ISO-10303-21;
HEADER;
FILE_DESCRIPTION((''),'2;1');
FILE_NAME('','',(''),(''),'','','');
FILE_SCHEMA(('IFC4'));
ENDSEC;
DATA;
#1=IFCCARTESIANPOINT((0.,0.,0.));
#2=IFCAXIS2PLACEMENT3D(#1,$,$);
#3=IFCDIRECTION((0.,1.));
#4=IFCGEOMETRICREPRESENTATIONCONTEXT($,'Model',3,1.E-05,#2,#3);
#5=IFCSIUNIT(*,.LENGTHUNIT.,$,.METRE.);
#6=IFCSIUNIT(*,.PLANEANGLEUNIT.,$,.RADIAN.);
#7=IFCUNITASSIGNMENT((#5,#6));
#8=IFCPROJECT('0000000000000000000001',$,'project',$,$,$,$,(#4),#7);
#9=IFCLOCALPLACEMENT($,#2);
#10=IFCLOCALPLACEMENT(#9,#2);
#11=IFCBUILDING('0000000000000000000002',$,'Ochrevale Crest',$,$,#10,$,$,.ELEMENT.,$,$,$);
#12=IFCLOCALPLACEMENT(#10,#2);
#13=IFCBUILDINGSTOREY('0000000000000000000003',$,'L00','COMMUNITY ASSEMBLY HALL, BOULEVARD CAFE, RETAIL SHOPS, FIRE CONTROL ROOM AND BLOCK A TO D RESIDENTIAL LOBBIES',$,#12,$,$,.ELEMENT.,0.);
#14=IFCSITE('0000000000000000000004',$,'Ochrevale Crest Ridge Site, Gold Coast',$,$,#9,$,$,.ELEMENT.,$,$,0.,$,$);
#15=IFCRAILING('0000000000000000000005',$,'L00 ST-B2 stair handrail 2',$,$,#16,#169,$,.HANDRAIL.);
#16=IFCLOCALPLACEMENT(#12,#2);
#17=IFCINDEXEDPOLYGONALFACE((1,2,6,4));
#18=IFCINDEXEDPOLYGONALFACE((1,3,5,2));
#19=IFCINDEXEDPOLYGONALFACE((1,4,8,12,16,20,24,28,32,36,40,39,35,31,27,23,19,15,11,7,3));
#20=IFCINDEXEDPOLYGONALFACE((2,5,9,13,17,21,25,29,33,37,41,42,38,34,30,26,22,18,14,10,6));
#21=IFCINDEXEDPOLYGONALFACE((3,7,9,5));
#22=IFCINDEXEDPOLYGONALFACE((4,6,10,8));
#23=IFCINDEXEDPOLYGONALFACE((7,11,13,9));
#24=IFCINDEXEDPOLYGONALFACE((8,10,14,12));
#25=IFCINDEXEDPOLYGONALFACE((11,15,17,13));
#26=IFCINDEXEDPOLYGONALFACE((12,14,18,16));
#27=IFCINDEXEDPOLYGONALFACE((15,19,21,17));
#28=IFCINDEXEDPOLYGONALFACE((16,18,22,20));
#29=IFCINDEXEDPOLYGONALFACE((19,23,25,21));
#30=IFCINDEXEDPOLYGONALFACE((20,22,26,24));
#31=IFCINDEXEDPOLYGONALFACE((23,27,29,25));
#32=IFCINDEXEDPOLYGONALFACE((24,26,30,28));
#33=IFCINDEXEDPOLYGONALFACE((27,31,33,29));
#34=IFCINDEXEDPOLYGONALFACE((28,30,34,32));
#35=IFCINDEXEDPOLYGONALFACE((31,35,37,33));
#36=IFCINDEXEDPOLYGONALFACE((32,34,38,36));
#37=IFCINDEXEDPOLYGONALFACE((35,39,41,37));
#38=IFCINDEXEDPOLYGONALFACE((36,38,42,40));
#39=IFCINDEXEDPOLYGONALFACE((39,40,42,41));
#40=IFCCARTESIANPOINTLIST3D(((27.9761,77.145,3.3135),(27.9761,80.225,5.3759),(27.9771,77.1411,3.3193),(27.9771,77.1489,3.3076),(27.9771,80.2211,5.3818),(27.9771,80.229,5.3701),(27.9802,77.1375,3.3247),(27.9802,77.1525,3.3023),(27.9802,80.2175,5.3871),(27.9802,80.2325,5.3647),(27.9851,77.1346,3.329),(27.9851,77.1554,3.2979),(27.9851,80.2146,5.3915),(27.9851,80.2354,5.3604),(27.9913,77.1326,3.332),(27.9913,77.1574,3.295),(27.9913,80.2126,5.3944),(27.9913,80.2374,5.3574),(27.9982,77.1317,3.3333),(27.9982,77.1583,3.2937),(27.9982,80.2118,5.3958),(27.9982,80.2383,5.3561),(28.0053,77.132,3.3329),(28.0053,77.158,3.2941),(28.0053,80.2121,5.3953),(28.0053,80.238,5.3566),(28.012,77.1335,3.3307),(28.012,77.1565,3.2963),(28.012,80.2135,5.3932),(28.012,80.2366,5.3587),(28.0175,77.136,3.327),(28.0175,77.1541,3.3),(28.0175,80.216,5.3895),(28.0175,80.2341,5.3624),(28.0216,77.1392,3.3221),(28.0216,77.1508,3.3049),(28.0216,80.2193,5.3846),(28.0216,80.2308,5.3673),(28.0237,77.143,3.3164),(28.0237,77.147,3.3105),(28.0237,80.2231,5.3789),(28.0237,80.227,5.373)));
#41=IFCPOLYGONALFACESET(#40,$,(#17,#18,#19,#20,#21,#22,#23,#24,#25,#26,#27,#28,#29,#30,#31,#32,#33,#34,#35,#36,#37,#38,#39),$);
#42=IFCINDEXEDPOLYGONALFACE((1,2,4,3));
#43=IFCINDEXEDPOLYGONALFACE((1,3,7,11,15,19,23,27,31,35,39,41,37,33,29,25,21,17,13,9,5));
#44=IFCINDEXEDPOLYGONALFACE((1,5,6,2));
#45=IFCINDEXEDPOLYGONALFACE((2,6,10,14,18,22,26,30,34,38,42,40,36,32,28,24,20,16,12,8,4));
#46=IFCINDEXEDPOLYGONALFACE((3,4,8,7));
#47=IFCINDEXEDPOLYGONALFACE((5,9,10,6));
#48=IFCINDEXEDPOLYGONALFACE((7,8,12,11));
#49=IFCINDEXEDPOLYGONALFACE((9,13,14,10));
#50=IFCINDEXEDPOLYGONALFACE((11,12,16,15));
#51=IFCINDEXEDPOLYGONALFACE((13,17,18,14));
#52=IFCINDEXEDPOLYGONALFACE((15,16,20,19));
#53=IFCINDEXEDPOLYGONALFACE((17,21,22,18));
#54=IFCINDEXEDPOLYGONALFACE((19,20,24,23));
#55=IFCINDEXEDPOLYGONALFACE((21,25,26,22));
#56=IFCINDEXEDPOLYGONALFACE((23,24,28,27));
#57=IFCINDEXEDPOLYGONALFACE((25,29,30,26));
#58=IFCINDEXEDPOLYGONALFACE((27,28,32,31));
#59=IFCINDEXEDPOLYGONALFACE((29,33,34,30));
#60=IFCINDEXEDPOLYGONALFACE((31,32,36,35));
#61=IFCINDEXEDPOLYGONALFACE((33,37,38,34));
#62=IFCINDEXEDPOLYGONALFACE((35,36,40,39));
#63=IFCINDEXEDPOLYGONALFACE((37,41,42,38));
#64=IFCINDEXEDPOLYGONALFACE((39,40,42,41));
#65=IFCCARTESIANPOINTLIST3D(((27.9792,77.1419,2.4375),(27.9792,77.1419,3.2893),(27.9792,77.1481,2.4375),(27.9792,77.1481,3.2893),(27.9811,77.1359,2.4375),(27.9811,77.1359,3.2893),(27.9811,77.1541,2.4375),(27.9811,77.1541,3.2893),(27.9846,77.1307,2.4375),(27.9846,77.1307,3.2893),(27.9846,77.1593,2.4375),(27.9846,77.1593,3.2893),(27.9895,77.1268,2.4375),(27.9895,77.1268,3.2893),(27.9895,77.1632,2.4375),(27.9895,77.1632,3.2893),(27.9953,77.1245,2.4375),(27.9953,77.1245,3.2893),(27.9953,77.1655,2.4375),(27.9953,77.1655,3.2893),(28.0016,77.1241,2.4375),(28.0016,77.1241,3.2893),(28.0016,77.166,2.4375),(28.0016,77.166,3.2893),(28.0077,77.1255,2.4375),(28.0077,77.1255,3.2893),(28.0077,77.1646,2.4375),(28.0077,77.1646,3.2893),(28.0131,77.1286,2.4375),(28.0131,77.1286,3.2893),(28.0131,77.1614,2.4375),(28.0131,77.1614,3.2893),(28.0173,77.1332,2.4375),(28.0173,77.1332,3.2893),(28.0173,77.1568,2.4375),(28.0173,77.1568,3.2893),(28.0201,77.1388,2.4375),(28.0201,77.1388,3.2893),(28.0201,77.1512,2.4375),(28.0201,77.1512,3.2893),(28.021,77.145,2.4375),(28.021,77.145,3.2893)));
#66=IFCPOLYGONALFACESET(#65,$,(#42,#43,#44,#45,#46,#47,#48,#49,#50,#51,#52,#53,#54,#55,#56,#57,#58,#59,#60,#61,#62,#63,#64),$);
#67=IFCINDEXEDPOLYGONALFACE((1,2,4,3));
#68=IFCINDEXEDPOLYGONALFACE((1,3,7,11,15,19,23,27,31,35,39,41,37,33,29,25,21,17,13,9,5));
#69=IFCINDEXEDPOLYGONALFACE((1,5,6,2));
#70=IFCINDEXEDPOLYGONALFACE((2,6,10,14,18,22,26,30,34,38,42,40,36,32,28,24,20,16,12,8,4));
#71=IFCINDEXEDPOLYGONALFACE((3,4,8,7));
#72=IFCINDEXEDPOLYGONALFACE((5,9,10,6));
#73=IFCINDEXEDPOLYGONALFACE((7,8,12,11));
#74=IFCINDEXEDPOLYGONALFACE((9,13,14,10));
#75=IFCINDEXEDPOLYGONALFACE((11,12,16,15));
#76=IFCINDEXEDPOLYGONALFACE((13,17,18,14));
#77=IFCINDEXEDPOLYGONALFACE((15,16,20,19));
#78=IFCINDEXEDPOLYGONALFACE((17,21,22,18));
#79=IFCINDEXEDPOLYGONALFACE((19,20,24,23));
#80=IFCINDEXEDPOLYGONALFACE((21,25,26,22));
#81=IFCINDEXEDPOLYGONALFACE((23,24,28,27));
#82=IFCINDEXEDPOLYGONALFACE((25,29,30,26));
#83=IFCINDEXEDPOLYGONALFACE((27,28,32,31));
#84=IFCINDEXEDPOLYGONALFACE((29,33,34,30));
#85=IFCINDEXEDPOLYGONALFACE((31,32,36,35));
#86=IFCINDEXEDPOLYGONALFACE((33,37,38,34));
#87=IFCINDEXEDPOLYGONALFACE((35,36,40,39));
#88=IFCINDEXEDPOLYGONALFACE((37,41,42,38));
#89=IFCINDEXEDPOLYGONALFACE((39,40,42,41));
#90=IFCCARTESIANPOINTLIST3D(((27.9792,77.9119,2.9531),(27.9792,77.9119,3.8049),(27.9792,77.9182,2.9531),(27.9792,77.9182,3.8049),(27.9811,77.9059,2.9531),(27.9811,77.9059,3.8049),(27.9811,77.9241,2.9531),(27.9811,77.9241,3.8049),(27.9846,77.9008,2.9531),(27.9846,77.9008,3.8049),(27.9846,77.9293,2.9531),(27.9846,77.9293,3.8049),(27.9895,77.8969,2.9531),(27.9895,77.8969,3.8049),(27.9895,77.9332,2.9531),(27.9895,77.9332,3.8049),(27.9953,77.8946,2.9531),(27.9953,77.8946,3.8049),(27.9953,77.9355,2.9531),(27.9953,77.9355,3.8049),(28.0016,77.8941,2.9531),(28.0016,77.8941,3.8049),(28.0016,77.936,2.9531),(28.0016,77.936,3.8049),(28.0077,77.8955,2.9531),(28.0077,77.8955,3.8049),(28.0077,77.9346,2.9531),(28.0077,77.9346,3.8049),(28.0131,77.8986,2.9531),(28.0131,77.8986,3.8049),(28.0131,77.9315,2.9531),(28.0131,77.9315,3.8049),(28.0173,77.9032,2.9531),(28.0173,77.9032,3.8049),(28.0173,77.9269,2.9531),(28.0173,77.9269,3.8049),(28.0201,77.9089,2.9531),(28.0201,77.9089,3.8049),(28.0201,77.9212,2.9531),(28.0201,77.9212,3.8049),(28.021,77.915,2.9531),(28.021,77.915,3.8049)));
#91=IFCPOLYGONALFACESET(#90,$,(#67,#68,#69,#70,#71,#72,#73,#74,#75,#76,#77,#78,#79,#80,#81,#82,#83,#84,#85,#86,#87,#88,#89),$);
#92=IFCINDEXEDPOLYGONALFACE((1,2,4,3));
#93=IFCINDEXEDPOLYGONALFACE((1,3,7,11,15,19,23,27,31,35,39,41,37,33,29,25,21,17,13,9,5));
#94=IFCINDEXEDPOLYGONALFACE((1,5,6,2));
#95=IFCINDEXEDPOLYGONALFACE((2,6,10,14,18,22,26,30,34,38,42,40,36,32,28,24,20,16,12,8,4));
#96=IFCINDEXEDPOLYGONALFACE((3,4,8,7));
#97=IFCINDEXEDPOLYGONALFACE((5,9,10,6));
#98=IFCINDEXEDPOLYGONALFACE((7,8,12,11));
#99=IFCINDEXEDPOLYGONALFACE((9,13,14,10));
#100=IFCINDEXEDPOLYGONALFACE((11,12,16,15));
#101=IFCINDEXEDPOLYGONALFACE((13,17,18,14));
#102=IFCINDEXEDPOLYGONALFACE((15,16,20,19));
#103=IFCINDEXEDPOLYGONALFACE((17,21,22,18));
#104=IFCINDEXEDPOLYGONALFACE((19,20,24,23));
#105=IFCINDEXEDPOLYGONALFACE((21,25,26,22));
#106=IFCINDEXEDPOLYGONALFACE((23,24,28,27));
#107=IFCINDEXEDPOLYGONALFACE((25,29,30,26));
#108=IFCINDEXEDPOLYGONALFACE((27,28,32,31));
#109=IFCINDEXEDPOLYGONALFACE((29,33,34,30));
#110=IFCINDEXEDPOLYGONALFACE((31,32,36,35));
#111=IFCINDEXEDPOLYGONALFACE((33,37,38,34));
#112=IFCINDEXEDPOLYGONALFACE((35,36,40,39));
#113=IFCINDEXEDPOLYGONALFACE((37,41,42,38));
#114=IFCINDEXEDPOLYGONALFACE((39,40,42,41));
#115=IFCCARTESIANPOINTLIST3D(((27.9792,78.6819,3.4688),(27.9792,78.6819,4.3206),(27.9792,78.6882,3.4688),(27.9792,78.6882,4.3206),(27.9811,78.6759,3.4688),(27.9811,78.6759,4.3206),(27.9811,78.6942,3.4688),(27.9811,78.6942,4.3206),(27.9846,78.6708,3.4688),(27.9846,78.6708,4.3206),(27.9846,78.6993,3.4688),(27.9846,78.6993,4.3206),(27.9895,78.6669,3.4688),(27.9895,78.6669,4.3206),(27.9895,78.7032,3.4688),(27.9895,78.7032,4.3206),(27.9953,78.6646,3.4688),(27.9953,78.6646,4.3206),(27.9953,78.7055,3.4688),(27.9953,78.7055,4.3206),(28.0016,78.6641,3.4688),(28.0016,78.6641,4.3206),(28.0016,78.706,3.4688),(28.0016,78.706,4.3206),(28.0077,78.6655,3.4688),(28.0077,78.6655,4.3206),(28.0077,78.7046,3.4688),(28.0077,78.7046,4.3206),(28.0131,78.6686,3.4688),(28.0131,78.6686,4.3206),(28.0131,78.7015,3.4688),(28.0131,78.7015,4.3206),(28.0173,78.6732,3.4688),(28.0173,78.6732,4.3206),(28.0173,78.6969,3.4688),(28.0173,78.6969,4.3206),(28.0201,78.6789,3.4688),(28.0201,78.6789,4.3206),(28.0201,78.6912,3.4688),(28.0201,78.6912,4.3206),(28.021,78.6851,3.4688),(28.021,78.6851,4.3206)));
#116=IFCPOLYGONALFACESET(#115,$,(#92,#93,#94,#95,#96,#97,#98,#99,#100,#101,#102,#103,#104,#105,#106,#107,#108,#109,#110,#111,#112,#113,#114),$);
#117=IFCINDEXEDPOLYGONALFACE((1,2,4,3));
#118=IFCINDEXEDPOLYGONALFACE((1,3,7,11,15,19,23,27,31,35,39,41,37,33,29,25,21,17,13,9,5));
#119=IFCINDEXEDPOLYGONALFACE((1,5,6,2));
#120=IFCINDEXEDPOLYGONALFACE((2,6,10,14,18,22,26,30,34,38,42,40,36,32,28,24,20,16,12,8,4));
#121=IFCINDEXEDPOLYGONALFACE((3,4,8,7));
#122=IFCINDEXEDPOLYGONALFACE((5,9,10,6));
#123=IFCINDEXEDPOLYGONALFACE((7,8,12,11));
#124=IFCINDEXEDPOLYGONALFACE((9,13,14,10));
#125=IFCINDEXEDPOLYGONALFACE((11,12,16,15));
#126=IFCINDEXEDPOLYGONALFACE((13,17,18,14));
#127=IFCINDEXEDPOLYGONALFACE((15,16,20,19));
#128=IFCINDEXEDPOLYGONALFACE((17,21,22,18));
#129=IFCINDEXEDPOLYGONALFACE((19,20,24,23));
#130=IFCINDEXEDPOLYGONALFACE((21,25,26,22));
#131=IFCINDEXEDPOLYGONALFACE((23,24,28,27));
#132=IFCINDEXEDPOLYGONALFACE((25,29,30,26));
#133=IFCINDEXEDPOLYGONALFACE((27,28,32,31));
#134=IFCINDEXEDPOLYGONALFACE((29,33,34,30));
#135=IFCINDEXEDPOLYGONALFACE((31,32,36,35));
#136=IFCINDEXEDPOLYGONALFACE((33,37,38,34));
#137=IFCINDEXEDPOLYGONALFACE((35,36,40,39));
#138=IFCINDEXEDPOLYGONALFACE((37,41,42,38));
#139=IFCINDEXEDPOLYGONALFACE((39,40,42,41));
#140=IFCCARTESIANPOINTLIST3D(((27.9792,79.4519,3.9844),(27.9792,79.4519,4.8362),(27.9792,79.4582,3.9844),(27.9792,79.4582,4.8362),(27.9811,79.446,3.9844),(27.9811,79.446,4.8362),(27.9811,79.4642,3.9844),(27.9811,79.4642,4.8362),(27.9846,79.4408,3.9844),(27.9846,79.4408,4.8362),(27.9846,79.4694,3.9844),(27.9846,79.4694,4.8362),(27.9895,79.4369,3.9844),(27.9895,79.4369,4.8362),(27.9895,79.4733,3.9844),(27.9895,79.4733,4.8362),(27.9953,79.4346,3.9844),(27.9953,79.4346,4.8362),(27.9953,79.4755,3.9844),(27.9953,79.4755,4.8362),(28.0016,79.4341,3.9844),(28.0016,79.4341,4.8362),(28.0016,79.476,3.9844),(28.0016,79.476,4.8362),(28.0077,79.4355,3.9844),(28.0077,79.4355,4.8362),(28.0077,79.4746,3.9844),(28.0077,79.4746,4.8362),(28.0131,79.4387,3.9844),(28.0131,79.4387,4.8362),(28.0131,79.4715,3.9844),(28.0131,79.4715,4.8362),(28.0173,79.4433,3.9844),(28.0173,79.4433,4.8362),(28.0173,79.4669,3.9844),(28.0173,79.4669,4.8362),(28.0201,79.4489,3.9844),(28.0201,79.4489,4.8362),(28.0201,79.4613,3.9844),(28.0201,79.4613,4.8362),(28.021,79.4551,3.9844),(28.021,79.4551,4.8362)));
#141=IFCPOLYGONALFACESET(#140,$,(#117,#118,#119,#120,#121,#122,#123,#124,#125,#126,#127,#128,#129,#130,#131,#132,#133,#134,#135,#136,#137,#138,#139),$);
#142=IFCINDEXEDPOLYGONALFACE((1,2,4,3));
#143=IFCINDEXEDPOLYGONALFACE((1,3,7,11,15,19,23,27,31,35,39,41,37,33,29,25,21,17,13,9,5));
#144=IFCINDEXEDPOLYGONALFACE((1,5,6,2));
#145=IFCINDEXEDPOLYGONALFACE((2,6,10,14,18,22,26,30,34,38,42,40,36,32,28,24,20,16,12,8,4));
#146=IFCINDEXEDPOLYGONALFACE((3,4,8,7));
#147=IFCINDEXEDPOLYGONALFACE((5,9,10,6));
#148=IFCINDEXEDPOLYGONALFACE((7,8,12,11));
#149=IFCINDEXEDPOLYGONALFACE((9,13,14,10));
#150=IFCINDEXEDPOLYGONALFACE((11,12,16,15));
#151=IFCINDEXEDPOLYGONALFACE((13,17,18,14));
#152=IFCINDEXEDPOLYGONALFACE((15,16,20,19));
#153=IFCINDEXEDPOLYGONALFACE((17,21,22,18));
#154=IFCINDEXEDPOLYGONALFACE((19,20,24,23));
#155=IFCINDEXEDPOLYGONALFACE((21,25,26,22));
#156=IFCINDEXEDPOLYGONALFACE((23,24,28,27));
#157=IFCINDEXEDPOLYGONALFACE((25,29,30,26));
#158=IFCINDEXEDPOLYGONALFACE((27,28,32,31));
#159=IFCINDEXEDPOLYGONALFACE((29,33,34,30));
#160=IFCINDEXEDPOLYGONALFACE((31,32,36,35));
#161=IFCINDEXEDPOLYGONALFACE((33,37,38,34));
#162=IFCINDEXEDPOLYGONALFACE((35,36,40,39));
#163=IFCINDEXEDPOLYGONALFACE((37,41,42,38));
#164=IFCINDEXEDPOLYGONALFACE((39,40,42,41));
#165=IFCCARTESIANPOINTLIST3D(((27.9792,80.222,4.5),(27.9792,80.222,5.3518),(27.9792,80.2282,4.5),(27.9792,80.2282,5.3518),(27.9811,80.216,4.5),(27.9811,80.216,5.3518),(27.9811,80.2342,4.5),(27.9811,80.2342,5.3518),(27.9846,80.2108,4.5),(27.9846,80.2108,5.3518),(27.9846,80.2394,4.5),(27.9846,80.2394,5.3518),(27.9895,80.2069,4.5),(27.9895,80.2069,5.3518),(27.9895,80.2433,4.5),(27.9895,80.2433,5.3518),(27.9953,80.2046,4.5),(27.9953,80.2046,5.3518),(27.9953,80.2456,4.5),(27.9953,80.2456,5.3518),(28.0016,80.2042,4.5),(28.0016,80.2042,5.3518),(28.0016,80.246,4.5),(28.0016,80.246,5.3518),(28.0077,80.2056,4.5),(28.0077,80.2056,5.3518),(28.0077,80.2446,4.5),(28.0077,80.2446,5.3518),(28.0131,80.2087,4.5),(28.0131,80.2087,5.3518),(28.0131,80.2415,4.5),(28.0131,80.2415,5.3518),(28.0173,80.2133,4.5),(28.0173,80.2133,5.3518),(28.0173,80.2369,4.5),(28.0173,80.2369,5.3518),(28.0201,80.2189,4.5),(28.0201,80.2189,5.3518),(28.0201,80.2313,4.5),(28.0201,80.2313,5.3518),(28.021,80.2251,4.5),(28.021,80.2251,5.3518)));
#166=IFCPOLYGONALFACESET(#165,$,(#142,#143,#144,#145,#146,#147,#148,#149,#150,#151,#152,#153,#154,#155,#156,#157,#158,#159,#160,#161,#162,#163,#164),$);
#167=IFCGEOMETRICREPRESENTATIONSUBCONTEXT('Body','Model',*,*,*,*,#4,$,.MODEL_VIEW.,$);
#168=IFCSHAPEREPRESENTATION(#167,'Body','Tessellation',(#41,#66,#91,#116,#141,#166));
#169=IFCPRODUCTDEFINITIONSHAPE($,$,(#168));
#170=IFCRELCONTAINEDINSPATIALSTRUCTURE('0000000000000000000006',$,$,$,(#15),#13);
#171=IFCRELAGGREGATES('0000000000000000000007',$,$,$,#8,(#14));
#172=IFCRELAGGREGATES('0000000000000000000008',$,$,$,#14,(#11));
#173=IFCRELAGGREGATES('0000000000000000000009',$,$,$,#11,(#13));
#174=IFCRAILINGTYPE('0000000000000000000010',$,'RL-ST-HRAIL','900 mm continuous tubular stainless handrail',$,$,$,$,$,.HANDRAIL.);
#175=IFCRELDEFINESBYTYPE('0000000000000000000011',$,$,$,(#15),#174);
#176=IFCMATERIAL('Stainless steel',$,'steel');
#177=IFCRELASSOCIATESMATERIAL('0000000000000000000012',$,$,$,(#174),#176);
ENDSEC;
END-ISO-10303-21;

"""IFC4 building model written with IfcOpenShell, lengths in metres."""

from ifc_helpers import new_model, si_unit, direction, frame, origin, origin_2d, place, context, subcontext, project, spatial, circle, extrude, material, type_object, element, save


model = new_model("IFC4")

# Units and contexts
model_context = context("Model", 3, precision=1e-05, world=origin(), true_north=direction((0.0, 1.0)))
body_context = subcontext(model_context, "Body", "Model", "MODEL_VIEW")
ifc_project = project(units=[si_unit("LENGTHUNIT", "METRE"), si_unit("PLANEANGLEUNIT", "RADIAN")], contexts=[model_context])

# Site, building, storey
site_placement = place(None, origin())
site = spatial("IfcSite", under=ifc_project, at=site_placement, Name="Ochrevale Crest Ridge Site, Gold Coast", CompositionType="ELEMENT", RefElevation=0.0)
building_placement = place(site_placement, origin())
building = spatial("IfcBuilding", under=site, at=building_placement, Name="Ochrevale Crest", CompositionType="ELEMENT")
storey_placement = place(building_placement, origin())
storey = spatial("IfcBuildingStorey", under=building, at=storey_placement, Name="L00", Description="COMMUNITY ASSEMBLY HALL, BOULEVARD CAFE, RETAIL SHOPS, FIRE CONTROL ROOM AND BLOCK A TO D RESIDENTIAL LOBBIES", CompositionType="ELEMENT", Elevation=0.0)

# Railing
ifc_material_1 = material(Name="Stainless steel", Category="steel")
railing_type_1 = type_object("IfcRailingType", Name="RL-ST-HRAIL", Description="900 mm continuous tubular stainless handrail", PredefinedType="HANDRAIL", material=ifc_material_1)
railing_1_placement = place(storey_placement, frame((28.0, 77.145, 2.4375)))
element("IfcRailing", 1, at=railing_1_placement, inside=storey, type_object=railing_type_1, Name="L00 ST-B2 stair handrail 2", PredefinedType="HANDRAIL", context=body_context, shape_type="SweptSolid", body=[
    extrude(circle(Radius=0.0239, at=origin_2d()), frame((0.0, 0.0, 0.876), z_axis=(0.0, 0.830914, 0.556401), x_axis=(-1.0, 0.0, 0.0)), (0.0, 0.0, 1.0), 3.7068),
    extrude(circle(Radius=0.021, at=origin_2d()), origin(), (0.0, 0.0, 1.0), 0.8518),
    extrude(circle(Radius=0.021, at=origin_2d()), frame((0.0, 0.77, 0.5156)), (0.0, 0.0, 1.0), 0.8518),
    extrude(circle(Radius=0.021, at=origin_2d()), frame((0.0, 1.54, 1.0312)), (0.0, 0.0, 1.0), 0.8518),
    extrude(circle(Radius=0.021, at=origin_2d()), frame((0.0, 2.3101, 1.5469)), (0.0, 0.0, 1.0), 0.8518),
    extrude(circle(Radius=0.021, at=origin_2d()), frame((0.0, 3.0801, 2.0625)), (0.0, 0.0, 1.0), 0.8518),
])

save(model, "model.ifc")
